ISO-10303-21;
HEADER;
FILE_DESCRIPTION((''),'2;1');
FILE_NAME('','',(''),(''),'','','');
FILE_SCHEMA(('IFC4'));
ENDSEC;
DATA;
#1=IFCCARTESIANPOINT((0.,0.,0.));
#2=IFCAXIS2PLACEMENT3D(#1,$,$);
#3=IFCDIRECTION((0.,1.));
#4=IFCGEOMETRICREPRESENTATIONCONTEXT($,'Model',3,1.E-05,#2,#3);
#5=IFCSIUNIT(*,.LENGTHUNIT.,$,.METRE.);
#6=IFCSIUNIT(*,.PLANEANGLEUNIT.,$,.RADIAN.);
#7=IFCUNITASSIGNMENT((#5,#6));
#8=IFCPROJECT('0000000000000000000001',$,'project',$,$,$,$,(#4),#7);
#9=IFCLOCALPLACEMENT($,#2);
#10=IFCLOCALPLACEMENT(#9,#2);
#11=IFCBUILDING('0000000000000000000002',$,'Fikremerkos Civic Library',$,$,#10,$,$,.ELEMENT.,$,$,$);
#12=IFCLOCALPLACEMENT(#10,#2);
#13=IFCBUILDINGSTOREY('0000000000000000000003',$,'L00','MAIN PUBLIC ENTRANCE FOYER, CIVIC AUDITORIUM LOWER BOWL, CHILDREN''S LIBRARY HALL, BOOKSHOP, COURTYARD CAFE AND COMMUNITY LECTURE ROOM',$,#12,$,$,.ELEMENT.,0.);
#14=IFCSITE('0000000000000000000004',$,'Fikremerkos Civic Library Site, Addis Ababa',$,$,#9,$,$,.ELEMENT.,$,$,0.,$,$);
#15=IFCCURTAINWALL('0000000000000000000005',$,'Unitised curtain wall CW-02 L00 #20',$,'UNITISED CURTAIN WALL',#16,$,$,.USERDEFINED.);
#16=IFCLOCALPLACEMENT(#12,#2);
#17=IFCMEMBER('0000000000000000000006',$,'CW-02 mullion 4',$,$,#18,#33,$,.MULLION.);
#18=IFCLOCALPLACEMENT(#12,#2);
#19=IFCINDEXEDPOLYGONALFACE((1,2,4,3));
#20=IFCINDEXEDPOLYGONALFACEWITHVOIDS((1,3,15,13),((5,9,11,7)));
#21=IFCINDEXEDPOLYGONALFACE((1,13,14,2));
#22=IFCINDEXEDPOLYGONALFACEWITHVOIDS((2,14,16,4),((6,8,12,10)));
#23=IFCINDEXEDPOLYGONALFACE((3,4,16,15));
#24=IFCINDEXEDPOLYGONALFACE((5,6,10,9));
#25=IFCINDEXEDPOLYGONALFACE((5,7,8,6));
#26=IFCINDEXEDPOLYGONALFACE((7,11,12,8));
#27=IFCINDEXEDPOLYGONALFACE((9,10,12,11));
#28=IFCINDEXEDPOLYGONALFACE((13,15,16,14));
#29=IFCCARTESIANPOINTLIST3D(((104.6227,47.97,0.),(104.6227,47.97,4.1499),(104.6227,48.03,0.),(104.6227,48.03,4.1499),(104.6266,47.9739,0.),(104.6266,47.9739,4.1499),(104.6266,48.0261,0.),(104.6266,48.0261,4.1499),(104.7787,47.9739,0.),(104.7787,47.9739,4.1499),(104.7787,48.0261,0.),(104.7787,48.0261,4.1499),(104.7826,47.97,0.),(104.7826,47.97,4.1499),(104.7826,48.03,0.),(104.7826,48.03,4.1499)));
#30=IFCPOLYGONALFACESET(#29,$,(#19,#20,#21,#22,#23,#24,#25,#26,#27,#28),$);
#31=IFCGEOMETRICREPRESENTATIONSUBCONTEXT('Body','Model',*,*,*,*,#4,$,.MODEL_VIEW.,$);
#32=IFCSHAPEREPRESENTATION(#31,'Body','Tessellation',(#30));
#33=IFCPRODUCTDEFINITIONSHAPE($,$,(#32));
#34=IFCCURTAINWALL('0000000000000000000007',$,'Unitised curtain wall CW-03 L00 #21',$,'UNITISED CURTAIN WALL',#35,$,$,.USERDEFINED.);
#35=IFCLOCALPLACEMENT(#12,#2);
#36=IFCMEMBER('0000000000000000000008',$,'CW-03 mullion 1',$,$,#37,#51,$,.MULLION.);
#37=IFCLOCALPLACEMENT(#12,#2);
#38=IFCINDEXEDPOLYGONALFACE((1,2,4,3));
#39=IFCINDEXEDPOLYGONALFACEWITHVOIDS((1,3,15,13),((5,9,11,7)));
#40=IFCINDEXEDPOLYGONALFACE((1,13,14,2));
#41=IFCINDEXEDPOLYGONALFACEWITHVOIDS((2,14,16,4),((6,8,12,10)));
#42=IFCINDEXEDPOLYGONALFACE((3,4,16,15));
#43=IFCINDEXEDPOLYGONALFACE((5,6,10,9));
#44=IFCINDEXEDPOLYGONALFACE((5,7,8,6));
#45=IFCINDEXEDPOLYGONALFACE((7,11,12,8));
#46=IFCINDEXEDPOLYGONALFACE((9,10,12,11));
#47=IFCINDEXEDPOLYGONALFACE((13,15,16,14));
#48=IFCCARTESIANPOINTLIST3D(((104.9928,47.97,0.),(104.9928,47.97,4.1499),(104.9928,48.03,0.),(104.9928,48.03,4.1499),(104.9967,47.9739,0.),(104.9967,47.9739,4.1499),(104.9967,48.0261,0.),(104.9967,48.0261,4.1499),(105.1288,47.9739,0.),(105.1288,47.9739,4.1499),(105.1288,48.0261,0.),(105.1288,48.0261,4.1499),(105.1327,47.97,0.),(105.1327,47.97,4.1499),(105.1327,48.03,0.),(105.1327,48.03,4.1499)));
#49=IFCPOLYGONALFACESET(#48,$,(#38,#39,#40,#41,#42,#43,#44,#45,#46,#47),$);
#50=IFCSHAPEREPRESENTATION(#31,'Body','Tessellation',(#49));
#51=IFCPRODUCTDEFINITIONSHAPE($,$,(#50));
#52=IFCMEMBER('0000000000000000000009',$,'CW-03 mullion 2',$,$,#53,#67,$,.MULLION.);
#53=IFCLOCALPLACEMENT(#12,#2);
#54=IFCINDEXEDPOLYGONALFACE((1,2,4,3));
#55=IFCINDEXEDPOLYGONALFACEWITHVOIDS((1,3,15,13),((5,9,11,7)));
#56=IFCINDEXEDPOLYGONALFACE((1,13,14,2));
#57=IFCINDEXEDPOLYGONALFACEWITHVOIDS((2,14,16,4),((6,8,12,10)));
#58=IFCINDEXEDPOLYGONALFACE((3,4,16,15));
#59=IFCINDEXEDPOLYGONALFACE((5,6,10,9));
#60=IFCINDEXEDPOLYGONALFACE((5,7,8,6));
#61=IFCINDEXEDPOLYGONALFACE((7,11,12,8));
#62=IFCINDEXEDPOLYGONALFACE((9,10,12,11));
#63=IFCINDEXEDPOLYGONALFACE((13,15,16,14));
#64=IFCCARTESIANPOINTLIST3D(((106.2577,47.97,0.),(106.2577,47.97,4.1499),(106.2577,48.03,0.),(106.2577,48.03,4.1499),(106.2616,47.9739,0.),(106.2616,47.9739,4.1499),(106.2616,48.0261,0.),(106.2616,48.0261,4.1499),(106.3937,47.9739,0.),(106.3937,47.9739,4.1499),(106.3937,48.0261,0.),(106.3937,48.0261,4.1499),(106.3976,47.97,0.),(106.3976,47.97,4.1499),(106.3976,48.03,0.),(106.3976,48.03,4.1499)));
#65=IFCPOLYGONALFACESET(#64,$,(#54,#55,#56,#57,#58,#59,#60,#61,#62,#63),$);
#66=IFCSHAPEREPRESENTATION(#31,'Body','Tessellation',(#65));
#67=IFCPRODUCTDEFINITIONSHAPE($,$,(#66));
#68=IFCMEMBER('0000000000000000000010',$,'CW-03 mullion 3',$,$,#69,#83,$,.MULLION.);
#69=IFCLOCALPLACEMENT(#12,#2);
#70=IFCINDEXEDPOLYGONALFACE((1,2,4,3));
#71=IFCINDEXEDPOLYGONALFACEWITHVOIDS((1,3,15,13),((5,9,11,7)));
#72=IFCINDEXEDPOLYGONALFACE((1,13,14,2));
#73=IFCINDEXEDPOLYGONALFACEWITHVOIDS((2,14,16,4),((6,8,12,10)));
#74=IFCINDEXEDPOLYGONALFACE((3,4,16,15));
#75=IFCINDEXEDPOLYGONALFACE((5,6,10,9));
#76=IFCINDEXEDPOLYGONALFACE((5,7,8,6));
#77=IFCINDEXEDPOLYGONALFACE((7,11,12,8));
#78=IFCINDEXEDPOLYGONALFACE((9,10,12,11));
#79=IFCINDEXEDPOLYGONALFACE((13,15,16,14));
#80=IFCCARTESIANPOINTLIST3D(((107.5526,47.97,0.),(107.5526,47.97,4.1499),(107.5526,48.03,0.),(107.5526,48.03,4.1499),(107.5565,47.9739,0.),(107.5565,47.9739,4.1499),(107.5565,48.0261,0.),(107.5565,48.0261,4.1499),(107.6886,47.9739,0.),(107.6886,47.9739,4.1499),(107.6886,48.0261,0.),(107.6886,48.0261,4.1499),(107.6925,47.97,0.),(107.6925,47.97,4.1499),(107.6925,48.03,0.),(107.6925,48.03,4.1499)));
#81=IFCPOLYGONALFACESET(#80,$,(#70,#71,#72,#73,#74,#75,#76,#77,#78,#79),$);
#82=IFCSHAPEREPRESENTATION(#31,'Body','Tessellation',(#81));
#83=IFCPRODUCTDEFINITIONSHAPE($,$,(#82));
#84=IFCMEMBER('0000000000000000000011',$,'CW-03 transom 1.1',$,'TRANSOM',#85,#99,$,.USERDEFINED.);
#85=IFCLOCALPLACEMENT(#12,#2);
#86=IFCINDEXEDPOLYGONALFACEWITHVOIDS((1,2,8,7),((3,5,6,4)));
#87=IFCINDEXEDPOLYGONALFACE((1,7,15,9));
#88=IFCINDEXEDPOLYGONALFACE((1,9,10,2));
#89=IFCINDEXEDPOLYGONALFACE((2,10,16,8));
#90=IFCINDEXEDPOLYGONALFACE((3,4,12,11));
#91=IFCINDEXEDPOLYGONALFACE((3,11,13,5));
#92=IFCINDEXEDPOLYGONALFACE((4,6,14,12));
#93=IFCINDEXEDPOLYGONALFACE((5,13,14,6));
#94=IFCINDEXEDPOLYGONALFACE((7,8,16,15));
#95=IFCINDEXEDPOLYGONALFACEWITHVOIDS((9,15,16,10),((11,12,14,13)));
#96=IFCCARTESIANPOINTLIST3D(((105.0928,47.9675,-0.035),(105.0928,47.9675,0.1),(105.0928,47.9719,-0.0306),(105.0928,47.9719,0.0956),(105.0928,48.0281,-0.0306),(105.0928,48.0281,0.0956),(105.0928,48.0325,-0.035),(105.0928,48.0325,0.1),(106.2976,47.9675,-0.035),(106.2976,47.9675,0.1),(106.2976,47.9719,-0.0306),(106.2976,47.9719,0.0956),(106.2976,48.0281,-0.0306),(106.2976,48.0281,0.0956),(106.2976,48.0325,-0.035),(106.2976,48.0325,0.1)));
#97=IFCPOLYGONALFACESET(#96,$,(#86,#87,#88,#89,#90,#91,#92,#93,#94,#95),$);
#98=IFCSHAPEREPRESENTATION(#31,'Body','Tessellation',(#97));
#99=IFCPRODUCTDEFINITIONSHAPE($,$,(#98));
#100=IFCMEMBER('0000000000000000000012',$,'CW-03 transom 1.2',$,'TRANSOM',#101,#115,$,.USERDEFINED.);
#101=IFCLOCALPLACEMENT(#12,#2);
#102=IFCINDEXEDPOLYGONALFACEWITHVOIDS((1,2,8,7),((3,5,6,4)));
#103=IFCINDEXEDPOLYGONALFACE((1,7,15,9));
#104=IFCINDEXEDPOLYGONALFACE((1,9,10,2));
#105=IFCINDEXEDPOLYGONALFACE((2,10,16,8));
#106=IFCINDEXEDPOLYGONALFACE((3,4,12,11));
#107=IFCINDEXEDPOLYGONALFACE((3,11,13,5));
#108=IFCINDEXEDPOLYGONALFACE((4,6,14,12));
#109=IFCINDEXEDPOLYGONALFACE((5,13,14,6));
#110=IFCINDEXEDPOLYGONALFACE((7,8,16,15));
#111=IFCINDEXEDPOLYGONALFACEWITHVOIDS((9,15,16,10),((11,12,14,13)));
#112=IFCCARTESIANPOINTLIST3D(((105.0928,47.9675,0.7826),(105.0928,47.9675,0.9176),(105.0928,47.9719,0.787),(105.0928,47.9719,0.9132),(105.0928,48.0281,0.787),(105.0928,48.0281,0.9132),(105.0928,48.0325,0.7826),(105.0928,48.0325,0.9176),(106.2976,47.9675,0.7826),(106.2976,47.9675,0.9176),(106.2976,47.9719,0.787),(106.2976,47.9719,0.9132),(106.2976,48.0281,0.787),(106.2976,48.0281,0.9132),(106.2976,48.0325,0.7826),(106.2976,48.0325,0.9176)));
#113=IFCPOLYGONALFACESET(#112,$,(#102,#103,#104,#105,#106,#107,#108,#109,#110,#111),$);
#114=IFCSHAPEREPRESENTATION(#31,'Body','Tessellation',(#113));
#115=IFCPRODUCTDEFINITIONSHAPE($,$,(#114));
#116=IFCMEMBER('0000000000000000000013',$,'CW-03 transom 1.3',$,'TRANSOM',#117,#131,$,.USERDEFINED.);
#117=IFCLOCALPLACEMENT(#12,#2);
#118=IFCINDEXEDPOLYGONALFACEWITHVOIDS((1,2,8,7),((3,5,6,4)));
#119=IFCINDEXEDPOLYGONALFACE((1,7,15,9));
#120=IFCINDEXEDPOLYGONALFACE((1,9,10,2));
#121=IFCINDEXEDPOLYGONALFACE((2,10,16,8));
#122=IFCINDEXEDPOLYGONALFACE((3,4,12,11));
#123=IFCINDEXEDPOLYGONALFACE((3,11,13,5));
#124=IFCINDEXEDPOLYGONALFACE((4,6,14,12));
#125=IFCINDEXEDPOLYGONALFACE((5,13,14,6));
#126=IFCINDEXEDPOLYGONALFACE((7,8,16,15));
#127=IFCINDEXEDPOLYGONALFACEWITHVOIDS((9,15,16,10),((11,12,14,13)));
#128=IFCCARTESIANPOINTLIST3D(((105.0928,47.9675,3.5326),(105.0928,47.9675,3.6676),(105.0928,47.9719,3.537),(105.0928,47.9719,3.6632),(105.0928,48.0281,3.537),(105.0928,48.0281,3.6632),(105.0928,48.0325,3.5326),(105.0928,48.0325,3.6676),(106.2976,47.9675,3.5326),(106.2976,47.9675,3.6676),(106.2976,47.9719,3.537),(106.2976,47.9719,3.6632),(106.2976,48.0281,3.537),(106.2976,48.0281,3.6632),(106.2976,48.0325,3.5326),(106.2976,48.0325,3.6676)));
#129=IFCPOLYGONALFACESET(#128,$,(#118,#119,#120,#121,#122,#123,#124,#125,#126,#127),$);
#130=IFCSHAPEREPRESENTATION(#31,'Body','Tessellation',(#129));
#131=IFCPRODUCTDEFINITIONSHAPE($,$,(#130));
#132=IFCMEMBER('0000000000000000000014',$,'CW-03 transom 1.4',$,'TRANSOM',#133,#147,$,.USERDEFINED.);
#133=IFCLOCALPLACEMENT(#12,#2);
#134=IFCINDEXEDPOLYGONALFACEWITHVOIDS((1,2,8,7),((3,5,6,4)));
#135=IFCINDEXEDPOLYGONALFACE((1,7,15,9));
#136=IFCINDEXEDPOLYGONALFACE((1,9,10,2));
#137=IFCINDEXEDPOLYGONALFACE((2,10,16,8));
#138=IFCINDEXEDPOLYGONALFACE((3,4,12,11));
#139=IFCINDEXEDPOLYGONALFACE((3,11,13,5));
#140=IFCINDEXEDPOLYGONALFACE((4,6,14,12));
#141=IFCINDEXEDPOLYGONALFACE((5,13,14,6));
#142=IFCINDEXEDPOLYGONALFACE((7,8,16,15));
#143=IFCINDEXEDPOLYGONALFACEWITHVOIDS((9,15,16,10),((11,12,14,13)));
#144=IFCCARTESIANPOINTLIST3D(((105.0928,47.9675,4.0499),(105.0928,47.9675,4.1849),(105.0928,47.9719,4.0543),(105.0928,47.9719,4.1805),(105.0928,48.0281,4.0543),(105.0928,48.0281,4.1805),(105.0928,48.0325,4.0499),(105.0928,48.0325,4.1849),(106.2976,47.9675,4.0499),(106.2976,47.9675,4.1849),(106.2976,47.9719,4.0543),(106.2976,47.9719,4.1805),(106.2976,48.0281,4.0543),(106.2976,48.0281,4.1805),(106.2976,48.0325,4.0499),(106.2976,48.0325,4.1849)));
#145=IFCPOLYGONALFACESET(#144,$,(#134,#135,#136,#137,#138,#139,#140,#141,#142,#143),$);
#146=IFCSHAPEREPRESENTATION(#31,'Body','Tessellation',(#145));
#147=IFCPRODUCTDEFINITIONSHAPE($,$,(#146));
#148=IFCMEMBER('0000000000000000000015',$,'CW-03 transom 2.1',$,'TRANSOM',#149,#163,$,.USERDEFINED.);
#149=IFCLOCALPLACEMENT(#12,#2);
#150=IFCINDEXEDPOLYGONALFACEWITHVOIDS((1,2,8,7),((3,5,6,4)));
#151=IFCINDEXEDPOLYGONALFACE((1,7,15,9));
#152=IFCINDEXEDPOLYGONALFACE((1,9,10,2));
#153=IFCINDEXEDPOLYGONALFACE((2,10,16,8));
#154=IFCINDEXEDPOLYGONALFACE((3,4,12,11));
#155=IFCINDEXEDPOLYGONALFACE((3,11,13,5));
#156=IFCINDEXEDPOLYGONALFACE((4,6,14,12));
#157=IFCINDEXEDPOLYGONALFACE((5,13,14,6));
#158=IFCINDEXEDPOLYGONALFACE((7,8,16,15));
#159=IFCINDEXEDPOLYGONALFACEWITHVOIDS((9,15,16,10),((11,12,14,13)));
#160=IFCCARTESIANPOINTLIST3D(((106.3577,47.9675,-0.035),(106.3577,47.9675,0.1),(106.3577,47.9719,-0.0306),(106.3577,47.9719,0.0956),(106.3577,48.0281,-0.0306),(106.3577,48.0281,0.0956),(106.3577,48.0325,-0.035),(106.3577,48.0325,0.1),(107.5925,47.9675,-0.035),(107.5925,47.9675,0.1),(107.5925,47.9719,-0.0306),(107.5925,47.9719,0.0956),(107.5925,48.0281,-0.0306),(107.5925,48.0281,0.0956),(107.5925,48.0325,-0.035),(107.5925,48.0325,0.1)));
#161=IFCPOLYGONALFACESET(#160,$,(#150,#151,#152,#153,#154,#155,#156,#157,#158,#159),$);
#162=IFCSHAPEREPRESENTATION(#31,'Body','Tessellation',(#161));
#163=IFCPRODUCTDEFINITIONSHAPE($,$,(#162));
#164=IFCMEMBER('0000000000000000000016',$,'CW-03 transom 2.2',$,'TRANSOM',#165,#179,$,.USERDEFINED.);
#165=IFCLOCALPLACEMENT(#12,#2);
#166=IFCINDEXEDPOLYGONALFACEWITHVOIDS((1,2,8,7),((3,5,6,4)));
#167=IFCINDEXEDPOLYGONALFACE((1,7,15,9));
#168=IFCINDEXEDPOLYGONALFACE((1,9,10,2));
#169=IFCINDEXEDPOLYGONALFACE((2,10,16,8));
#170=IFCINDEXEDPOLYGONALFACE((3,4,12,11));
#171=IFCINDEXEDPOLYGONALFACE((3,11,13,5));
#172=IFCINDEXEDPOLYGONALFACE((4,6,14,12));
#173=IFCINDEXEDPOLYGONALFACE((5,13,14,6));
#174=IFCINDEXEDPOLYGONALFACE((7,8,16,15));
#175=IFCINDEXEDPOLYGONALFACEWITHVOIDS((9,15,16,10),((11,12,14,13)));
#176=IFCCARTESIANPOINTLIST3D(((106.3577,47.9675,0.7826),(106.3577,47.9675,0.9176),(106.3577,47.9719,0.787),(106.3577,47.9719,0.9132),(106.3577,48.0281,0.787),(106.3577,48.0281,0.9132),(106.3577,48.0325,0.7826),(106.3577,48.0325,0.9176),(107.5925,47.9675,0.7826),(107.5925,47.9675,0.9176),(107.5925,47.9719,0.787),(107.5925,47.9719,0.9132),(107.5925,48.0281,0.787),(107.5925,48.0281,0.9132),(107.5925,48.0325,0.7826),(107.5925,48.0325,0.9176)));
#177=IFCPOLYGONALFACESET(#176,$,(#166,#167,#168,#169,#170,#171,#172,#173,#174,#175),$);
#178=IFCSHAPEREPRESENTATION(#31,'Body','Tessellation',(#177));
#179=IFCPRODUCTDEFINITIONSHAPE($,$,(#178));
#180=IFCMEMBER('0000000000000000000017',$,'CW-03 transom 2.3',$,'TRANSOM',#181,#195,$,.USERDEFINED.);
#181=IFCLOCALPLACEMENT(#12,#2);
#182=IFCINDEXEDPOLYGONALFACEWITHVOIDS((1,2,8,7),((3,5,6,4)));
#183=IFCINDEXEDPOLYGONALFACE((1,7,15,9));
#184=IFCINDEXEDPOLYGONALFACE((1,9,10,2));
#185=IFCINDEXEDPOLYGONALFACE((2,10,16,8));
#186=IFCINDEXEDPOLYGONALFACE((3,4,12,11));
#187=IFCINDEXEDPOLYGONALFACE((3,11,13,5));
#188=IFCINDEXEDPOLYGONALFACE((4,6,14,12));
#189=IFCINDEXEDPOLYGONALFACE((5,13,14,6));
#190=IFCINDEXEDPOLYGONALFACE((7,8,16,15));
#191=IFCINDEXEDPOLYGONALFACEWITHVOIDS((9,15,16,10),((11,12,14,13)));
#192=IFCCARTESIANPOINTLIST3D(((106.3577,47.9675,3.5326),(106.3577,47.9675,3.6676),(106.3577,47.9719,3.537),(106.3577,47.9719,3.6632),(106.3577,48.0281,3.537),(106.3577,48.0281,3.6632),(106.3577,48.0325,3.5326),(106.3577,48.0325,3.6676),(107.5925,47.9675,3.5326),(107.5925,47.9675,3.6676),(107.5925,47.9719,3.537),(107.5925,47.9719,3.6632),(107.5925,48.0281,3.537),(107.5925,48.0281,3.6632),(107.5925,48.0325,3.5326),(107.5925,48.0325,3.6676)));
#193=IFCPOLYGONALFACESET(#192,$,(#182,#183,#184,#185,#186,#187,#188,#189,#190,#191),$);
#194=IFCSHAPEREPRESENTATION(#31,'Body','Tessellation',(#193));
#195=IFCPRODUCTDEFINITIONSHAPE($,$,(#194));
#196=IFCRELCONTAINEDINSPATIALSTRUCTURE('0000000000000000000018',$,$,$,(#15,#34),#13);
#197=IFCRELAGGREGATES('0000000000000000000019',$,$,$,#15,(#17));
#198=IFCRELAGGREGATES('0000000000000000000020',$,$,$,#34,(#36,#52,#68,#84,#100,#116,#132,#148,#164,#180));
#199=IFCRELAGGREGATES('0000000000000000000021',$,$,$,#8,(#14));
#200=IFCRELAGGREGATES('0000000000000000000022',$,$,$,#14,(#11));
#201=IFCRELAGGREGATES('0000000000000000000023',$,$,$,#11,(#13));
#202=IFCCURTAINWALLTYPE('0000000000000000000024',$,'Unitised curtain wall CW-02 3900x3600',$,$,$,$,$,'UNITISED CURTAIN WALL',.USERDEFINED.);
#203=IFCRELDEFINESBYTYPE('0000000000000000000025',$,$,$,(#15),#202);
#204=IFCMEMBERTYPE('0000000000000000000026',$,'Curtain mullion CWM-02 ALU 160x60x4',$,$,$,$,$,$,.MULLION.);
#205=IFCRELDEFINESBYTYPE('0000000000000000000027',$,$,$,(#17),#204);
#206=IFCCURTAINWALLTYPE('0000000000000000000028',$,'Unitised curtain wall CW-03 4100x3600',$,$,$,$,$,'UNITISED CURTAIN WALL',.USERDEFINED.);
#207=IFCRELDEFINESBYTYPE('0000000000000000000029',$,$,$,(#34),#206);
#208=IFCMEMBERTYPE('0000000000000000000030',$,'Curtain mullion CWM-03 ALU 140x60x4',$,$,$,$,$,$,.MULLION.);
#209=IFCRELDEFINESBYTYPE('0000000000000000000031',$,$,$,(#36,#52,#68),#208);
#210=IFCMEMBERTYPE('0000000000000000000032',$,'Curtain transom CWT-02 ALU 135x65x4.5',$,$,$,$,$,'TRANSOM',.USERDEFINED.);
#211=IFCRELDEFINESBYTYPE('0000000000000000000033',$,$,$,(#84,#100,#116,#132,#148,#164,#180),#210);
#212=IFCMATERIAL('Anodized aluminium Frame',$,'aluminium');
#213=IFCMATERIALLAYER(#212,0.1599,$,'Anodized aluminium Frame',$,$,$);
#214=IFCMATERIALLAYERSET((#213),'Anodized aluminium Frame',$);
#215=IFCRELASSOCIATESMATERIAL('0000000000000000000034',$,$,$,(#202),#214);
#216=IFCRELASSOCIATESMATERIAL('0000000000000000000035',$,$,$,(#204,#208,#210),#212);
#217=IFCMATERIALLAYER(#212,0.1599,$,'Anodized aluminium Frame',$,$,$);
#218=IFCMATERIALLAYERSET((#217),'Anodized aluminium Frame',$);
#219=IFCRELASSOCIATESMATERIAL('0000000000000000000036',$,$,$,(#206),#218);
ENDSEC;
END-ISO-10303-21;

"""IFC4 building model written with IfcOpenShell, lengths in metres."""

from ifc_helpers import new_model, si_unit, direction, frame, origin, origin_2d, place, context, subcontext, project, spatial, hollow_rectangle, extrude, material, layer, layer_set, material_profile, profile_set, type_object, element, aggregate, save


model = new_model("IFC4")

# Units and contexts
model_context = context("Model", 3, precision=1e-05, world=origin(), true_north=direction((0.0, 1.0)))
body_context = subcontext(model_context, "Body", "Model", "MODEL_VIEW")
ifc_project = project(units=[si_unit("LENGTHUNIT", "METRE"), si_unit("PLANEANGLEUNIT", "RADIAN")], contexts=[model_context])

# Site, building, storey
site_placement = place(None, origin())
site = spatial("IfcSite", under=ifc_project, at=site_placement, Name="Fikremerkos Civic Library Site, Addis Ababa", CompositionType="ELEMENT", RefElevation=0.0)
building_placement = place(site_placement, origin())
building = spatial("IfcBuilding", under=site, at=building_placement, Name="Fikremerkos Civic Library", CompositionType="ELEMENT")
storey_placement = place(building_placement, origin())
storey = spatial("IfcBuildingStorey", under=building, at=storey_placement, Name="L00", Description="MAIN PUBLIC ENTRANCE FOYER, CIVIC AUDITORIUM LOWER BOWL, CHILDREN'S LIBRARY HALL, BOOKSHOP, COURTYARD CAFE AND COMMUNITY LECTURE ROOM", CompositionType="ELEMENT", Elevation=0.0)

# Curtain wall, member
ifc_material_1 = material(Name="Anodized aluminium Frame", Category="aluminium")
ifc_layer_1 = layer(ifc_material_1, 0.1599, Name="Anodized aluminium Frame")
ifc_layer_set_1 = layer_set([ifc_layer_1], Name="Anodized aluminium Frame")
curtain_wall_type_1 = type_object("IfcCurtainWallType", Name="Unitised curtain wall CW-02 3900x3600", ElementType="UNITISED CURTAIN WALL", PredefinedType="USERDEFINED", material=ifc_layer_set_1)
curtain_wall_1_placement = place(storey_placement, origin())
curtain_wall_1 = element("IfcCurtainWall", 1, at=curtain_wall_1_placement, inside=storey, type_object=curtain_wall_type_1, Name="Unitised curtain wall CW-02 L00 #20", ObjectType="UNITISED CURTAIN WALL", PredefinedType="USERDEFINED")
ifc_material_profile_1 = material_profile(ifc_material_1, hollow_rectangle(XDim=0.0601, YDim=0.1599, WallThickness=0.0039, at=origin_2d()), Name="ALU 160x60x4")
ifc_profile_set_1 = profile_set([ifc_material_profile_1], Name="Anodized aluminium Frame")
member_type_1 = type_object("IfcMemberType", Name="Curtain mullion CWM-02 ALU 160x60x4", PredefinedType="MULLION", material=ifc_profile_set_1)
member_1_placement = place(storey_placement, frame((104.7026, 48.0, 0.0), z_axis=(0.0, 0.0, 1.0), x_axis=(0.0, 1.0, 0.0)))
member_1 = element("IfcMember", 2, at=member_1_placement, type_object=member_type_1, Name="CW-02 mullion 4", PredefinedType="MULLION", context=body_context, shape_type="SweptSolid", body=[
    extrude(hollow_rectangle(XDim=0.0601, YDim=0.1599, WallThickness=0.0039, at=origin_2d()), origin(), (0.0, 0.0, 1.0), 4.1499),
])

# Curtain wall, members
ifc_layer_2 = layer(ifc_material_1, 0.1599, Name="Anodized aluminium Frame")
ifc_layer_set_2 = layer_set([ifc_layer_2], Name="Anodized aluminium Frame")
curtain_wall_type_2 = type_object("IfcCurtainWallType", Name="Unitised curtain wall CW-03 4100x3600", ElementType="UNITISED CURTAIN WALL", PredefinedType="USERDEFINED", material=ifc_layer_set_2)
curtain_wall_2_placement = place(storey_placement, origin())
curtain_wall_2 = element("IfcCurtainWall", 3, at=curtain_wall_2_placement, inside=storey, type_object=curtain_wall_type_2, Name="Unitised curtain wall CW-03 L00 #21", ObjectType="UNITISED CURTAIN WALL", PredefinedType="USERDEFINED")
ifc_material_profile_2 = material_profile(ifc_material_1, hollow_rectangle(XDim=0.0601, YDim=0.1399, WallThickness=0.0039, at=origin_2d()), Name="ALU 140x60x4")
ifc_profile_set_2 = profile_set([ifc_material_profile_2], Name="Anodized aluminium Frame")
member_type_2 = type_object("IfcMemberType", Name="Curtain mullion CWM-03 ALU 140x60x4", PredefinedType="MULLION", material=ifc_profile_set_2)
member_2_placement = place(storey_placement, frame((105.0627, 48.0, 0.0), z_axis=(0.0, 0.0, 1.0), x_axis=(0.0, 1.0, 0.0)))
member_2 = element("IfcMember", 4, at=member_2_placement, type_object=member_type_2, Name="CW-03 mullion 1", PredefinedType="MULLION", context=body_context, shape_type="SweptSolid", body=[
    extrude(hollow_rectangle(XDim=0.0601, YDim=0.1399, WallThickness=0.0039, at=origin_2d()), origin(), (0.0, 0.0, 1.0), 4.1499),
])
member_3_placement = place(storey_placement, frame((106.3276, 48.0, 0.0), z_axis=(0.0, 0.0, 1.0), x_axis=(0.0, 1.0, 0.0)))
member_3 = element("IfcMember", 5, at=member_3_placement, type_object=member_type_2, Name="CW-03 mullion 2", PredefinedType="MULLION", context=body_context, shape_type="SweptSolid", body=[
    extrude(hollow_rectangle(XDim=0.0601, YDim=0.1399, WallThickness=0.0039, at=origin_2d()), origin(), (0.0, 0.0, 1.0), 4.1499),
])
member_4_placement = place(storey_placement, frame((107.6226, 48.0, 0.0), z_axis=(0.0, 0.0, 1.0), x_axis=(0.0, 1.0, 0.0)))
member_4 = element("IfcMember", 6, at=member_4_placement, type_object=member_type_2, Name="CW-03 mullion 3", PredefinedType="MULLION", context=body_context, shape_type="SweptSolid", body=[
    extrude(hollow_rectangle(XDim=0.0601, YDim=0.1399, WallThickness=0.0039, at=origin_2d()), origin(), (0.0, 0.0, 1.0), 4.1499),
])
ifc_material_profile_3 = material_profile(ifc_material_1, hollow_rectangle(XDim=0.0649, YDim=0.135, WallThickness=0.0044, at=origin_2d()), Name="ALU 135x65x4.5")
ifc_profile_set_3 = profile_set([ifc_material_profile_3], Name="Anodized aluminium Frame")
member_type_3 = type_object("IfcMemberType", Name="Curtain transom CWT-02 ALU 135x65x4.5", ElementType="TRANSOM", PredefinedType="USERDEFINED", material=ifc_profile_set_3)
member_5_placement = place(storey_placement, frame((105.0928, 48.0, 0.0325), z_axis=(1.0, 0.0, 0.0), x_axis=(0.0, 1.0, 0.0)))
member_5 = element("IfcMember", 7, at=member_5_placement, type_object=member_type_3, Name="CW-03 transom 1.1", ObjectType="TRANSOM", PredefinedType="USERDEFINED", context=body_context, shape_type="SweptSolid", body=[
    extrude(hollow_rectangle(XDim=0.0649, YDim=0.135, WallThickness=0.0044, at=origin_2d()), origin(), (0.0, 0.0, 1.0), 1.2048),
])
member_6_placement = place(storey_placement, frame((105.0928, 48.0, 0.8501), z_axis=(1.0, 0.0, 0.0), x_axis=(0.0, 1.0, 0.0)))
member_6 = element("IfcMember", 8, at=member_6_placement, type_object=member_type_3, Name="CW-03 transom 1.2", ObjectType="TRANSOM", PredefinedType="USERDEFINED", context=body_context, shape_type="SweptSolid", body=[
    extrude(hollow_rectangle(XDim=0.0649, YDim=0.135, WallThickness=0.0044, at=origin_2d()), origin(), (0.0, 0.0, 1.0), 1.2048),
])
member_7_placement = place(storey_placement, frame((105.0928, 48.0, 3.6001), z_axis=(1.0, 0.0, 0.0), x_axis=(0.0, 1.0, 0.0)))
member_7 = element("IfcMember", 9, at=member_7_placement, type_object=member_type_3, Name="CW-03 transom 1.3", ObjectType="TRANSOM", PredefinedType="USERDEFINED", context=body_context, shape_type="SweptSolid", body=[
    extrude(hollow_rectangle(XDim=0.0649, YDim=0.135, WallThickness=0.0044, at=origin_2d()), origin(), (0.0, 0.0, 1.0), 1.2048),
])
member_8_placement = place(storey_placement, frame((105.0928, 48.0, 4.1174), z_axis=(1.0, 0.0, 0.0), x_axis=(0.0, 1.0, 0.0)))
member_8 = element("IfcMember", 10, at=member_8_placement, type_object=member_type_3, Name="CW-03 transom 1.4", ObjectType="TRANSOM", PredefinedType="USERDEFINED", context=body_context, shape_type="SweptSolid", body=[
    extrude(hollow_rectangle(XDim=0.0649, YDim=0.135, WallThickness=0.0044, at=origin_2d()), origin(), (0.0, 0.0, 1.0), 1.2048),
])
member_9_placement = place(storey_placement, frame((106.3577, 48.0, 0.0325), z_axis=(1.0, 0.0, 0.0), x_axis=(0.0, 1.0, 0.0)))
member_9 = element("IfcMember", 11, at=member_9_placement, type_object=member_type_3, Name="CW-03 transom 2.1", ObjectType="TRANSOM", PredefinedType="USERDEFINED", context=body_context, shape_type="SweptSolid", body=[
    extrude(hollow_rectangle(XDim=0.0649, YDim=0.135, WallThickness=0.0044, at=origin_2d()), origin(), (0.0, 0.0, 1.0), 1.2349),
])
member_10_placement = place(storey_placement, frame((106.3577, 48.0, 0.8501), z_axis=(1.0, 0.0, 0.0), x_axis=(0.0, 1.0, 0.0)))
member_10 = element("IfcMember", 12, at=member_10_placement, type_object=member_type_3, Name="CW-03 transom 2.2", ObjectType="TRANSOM", PredefinedType="USERDEFINED", context=body_context, shape_type="SweptSolid", body=[
    extrude(hollow_rectangle(XDim=0.0649, YDim=0.135, WallThickness=0.0044, at=origin_2d()), origin(), (0.0, 0.0, 1.0), 1.2349),
])
member_11_placement = place(storey_placement, frame((106.3577, 48.0, 3.6001), z_axis=(1.0, 0.0, 0.0), x_axis=(0.0, 1.0, 0.0)))
member_11 = element("IfcMember", 13, at=member_11_placement, type_object=member_type_3, Name="CW-03 transom 2.3", ObjectType="TRANSOM", PredefinedType="USERDEFINED", context=body_context, shape_type="SweptSolid", body=[
    extrude(hollow_rectangle(XDim=0.0649, YDim=0.135, WallThickness=0.0044, at=origin_2d()), origin(), (0.0, 0.0, 1.0), 1.2349),
])

aggregate(curtain_wall_1, [member_1])
aggregate(curtain_wall_2, [member_2, member_3, member_4, member_5, member_6, member_7, member_8, member_9, member_10, member_11])

save(model, "model.ifc")
